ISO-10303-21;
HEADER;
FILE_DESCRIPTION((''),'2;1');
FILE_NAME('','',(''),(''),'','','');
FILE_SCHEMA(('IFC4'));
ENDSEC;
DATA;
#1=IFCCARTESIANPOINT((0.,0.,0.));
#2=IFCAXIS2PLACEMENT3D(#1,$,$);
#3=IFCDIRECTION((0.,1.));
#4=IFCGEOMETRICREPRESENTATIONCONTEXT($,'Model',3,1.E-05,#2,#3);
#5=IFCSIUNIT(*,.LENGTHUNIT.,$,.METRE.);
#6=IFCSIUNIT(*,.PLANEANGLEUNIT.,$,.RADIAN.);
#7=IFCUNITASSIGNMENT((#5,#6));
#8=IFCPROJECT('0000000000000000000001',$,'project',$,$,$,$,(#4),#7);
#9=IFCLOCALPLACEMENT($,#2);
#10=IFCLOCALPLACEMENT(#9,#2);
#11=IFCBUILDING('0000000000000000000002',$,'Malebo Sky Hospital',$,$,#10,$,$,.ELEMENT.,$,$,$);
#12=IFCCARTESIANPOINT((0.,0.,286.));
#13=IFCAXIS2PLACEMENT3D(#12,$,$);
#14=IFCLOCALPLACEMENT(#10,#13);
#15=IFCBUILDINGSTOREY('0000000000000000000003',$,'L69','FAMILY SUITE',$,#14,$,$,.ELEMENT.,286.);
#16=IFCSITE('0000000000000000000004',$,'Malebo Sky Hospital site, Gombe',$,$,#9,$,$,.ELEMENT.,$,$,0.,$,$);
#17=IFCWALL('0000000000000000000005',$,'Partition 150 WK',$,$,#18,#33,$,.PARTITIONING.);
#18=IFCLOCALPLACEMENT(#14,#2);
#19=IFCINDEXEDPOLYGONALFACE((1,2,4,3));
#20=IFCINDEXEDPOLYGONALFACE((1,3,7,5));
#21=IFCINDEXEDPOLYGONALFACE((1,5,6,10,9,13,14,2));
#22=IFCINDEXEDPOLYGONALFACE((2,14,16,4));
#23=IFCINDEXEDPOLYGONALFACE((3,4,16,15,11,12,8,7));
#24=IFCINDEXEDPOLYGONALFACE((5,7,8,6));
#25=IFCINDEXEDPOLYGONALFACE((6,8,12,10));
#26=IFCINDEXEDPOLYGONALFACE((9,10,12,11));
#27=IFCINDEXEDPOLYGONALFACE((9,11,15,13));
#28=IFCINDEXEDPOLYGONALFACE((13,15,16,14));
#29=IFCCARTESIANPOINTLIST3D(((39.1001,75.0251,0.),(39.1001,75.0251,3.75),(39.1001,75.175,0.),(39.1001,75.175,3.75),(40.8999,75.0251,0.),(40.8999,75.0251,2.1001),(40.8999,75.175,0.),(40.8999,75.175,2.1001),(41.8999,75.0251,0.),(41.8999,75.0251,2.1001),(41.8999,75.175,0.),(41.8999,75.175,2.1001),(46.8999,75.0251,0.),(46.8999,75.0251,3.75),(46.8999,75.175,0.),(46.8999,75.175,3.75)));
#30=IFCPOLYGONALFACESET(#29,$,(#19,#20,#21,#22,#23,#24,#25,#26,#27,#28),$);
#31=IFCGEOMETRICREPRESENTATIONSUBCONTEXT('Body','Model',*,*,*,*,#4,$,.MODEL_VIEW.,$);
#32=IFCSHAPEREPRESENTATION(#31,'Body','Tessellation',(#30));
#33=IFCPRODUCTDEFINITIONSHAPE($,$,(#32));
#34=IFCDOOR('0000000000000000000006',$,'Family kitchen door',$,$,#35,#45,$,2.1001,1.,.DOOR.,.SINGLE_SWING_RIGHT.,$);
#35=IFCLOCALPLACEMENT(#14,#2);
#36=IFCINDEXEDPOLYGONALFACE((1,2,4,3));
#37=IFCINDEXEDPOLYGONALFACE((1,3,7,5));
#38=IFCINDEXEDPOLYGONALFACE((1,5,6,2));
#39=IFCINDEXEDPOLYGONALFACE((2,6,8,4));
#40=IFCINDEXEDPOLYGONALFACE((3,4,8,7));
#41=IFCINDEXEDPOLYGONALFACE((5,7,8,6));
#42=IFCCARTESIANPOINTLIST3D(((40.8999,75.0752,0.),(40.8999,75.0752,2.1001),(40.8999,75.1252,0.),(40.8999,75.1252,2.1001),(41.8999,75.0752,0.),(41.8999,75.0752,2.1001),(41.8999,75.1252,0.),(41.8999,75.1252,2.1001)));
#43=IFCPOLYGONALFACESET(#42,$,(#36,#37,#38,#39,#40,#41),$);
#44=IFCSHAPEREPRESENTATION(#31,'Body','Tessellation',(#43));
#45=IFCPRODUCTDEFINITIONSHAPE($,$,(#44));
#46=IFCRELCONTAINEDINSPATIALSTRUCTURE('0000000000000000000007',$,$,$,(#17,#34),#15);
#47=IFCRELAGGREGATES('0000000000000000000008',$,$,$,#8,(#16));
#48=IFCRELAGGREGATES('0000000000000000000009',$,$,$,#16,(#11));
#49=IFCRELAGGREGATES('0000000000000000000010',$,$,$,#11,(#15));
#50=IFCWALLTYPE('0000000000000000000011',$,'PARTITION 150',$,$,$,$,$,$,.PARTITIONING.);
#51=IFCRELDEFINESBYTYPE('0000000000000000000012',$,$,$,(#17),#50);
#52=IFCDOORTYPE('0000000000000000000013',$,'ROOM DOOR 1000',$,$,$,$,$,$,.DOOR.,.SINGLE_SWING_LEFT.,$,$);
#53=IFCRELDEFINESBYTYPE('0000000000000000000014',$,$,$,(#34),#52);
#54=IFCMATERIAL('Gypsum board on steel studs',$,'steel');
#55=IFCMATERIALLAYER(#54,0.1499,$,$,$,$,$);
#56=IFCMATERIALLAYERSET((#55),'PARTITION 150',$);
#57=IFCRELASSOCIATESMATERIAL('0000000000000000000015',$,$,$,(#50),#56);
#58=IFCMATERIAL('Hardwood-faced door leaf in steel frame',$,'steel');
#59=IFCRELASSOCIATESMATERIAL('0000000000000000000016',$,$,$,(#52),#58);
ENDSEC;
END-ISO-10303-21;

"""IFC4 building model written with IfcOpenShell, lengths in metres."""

from ifc_helpers import new_model, si_unit, direction, frame, frame_2d, origin, place, context, subcontext, project, spatial, rectangle, extrude, material, layer, layer_set, type_object, element, fill, save


model = new_model("IFC4")

# Units and contexts
model_context = context("Model", 3, precision=1e-05, world=origin(), true_north=direction((0.0, 1.0)))
body_context = subcontext(model_context, "Body", "Model", "MODEL_VIEW")
ifc_project = project(units=[si_unit("LENGTHUNIT", "METRE"), si_unit("PLANEANGLEUNIT", "RADIAN")], contexts=[model_context])

# Site, building, storey
site_placement = place(None, origin())
site = spatial("IfcSite", under=ifc_project, at=site_placement, Name="Malebo Sky Hospital site, Gombe", CompositionType="ELEMENT", RefElevation=0.0)
building_placement = place(site_placement, origin())
building = spatial("IfcBuilding", under=site, at=building_placement, Name="Malebo Sky Hospital", CompositionType="ELEMENT")
storey_placement = place(building_placement, frame((0.0, 0.0, 286.0)))
storey = spatial("IfcBuildingStorey", under=building, at=storey_placement, Name="L69", Description="FAMILY SUITE", CompositionType="ELEMENT", Elevation=286.0)

# Shared definitions
ifc_material_1 = material(Name="Gypsum board on steel studs", Category="steel")
ifc_layer_1 = layer(ifc_material_1, 0.1499)
ifc_layer_set_1 = layer_set([ifc_layer_1], Name="PARTITION 150")
wall_type_1 = type_object("IfcWallType", Name="PARTITION 150", PredefinedType="PARTITIONING", material=ifc_layer_set_1)

# Shared definitions
ifc_material_2 = material(Name="Hardwood-faced door leaf in steel frame", Category="steel")

# Wall, opening, door
wall_1_placement = place(storey_placement, frame((46.8999, 75.1001, 0.0), z_axis=(0.0, 0.0, 1.0), x_axis=(-1.0, 0.0, 0.0)))
wall_1 = element("IfcWall", 1, at=wall_1_placement, inside=storey, type_object=wall_type_1, Name="Partition 150 WK", PredefinedType="PARTITIONING", context=body_context, shape_type="SweptSolid", body=[
    extrude(rectangle(XDim=7.7998, YDim=0.1499, at=frame_2d((3.8999, 0.0))), origin(), (0.0, 0.0, 1.0), 3.75),
])
opening_1_placement = place(wall_1_placement, frame((5.0, 0.0, 0.0)))
opening_1 = element("IfcOpeningElement", 2, at=opening_1_placement, cuts=wall_1, PredefinedType="OPENING", context=body_context, shape_type="SweptSolid", body=[
    extrude(rectangle(XDim=1.0, YDim=2.1001, at=frame_2d((0.5, 1.05))), frame((0.0, 0.085, 0.0), z_axis=(0.0, -1.0, 0.0), x_axis=(1.0, 0.0, 0.0)), (0.0, 0.0, 1.0), 0.1699),
])
door_type_1 = type_object("IfcDoorType", Name="ROOM DOOR 1000", OperationType="SINGLE_SWING_LEFT", PredefinedType="DOOR", material=ifc_material_2)
door_1_placement = place(opening_1_placement, origin())
door_1 = element("IfcDoor", 3, at=door_1_placement, inside=storey, type_object=door_type_1, Name="Family kitchen door", OperationType="SINGLE_SWING_RIGHT", OverallHeight=2.1001, OverallWidth=1.0, PredefinedType="DOOR", context=body_context, shape_type="SweptSolid", body=[
    extrude(rectangle(XDim=1.0, YDim=2.1001, at=frame_2d((0.5, 1.05))), frame((0.0, 0.0249, 0.0), z_axis=(0.0, -1.0, 0.0), x_axis=(1.0, 0.0, 0.0)), (0.0, 0.0, 1.0), 0.05),
])
fill(opening_1, door_1)

save(model, "model.ifc")
